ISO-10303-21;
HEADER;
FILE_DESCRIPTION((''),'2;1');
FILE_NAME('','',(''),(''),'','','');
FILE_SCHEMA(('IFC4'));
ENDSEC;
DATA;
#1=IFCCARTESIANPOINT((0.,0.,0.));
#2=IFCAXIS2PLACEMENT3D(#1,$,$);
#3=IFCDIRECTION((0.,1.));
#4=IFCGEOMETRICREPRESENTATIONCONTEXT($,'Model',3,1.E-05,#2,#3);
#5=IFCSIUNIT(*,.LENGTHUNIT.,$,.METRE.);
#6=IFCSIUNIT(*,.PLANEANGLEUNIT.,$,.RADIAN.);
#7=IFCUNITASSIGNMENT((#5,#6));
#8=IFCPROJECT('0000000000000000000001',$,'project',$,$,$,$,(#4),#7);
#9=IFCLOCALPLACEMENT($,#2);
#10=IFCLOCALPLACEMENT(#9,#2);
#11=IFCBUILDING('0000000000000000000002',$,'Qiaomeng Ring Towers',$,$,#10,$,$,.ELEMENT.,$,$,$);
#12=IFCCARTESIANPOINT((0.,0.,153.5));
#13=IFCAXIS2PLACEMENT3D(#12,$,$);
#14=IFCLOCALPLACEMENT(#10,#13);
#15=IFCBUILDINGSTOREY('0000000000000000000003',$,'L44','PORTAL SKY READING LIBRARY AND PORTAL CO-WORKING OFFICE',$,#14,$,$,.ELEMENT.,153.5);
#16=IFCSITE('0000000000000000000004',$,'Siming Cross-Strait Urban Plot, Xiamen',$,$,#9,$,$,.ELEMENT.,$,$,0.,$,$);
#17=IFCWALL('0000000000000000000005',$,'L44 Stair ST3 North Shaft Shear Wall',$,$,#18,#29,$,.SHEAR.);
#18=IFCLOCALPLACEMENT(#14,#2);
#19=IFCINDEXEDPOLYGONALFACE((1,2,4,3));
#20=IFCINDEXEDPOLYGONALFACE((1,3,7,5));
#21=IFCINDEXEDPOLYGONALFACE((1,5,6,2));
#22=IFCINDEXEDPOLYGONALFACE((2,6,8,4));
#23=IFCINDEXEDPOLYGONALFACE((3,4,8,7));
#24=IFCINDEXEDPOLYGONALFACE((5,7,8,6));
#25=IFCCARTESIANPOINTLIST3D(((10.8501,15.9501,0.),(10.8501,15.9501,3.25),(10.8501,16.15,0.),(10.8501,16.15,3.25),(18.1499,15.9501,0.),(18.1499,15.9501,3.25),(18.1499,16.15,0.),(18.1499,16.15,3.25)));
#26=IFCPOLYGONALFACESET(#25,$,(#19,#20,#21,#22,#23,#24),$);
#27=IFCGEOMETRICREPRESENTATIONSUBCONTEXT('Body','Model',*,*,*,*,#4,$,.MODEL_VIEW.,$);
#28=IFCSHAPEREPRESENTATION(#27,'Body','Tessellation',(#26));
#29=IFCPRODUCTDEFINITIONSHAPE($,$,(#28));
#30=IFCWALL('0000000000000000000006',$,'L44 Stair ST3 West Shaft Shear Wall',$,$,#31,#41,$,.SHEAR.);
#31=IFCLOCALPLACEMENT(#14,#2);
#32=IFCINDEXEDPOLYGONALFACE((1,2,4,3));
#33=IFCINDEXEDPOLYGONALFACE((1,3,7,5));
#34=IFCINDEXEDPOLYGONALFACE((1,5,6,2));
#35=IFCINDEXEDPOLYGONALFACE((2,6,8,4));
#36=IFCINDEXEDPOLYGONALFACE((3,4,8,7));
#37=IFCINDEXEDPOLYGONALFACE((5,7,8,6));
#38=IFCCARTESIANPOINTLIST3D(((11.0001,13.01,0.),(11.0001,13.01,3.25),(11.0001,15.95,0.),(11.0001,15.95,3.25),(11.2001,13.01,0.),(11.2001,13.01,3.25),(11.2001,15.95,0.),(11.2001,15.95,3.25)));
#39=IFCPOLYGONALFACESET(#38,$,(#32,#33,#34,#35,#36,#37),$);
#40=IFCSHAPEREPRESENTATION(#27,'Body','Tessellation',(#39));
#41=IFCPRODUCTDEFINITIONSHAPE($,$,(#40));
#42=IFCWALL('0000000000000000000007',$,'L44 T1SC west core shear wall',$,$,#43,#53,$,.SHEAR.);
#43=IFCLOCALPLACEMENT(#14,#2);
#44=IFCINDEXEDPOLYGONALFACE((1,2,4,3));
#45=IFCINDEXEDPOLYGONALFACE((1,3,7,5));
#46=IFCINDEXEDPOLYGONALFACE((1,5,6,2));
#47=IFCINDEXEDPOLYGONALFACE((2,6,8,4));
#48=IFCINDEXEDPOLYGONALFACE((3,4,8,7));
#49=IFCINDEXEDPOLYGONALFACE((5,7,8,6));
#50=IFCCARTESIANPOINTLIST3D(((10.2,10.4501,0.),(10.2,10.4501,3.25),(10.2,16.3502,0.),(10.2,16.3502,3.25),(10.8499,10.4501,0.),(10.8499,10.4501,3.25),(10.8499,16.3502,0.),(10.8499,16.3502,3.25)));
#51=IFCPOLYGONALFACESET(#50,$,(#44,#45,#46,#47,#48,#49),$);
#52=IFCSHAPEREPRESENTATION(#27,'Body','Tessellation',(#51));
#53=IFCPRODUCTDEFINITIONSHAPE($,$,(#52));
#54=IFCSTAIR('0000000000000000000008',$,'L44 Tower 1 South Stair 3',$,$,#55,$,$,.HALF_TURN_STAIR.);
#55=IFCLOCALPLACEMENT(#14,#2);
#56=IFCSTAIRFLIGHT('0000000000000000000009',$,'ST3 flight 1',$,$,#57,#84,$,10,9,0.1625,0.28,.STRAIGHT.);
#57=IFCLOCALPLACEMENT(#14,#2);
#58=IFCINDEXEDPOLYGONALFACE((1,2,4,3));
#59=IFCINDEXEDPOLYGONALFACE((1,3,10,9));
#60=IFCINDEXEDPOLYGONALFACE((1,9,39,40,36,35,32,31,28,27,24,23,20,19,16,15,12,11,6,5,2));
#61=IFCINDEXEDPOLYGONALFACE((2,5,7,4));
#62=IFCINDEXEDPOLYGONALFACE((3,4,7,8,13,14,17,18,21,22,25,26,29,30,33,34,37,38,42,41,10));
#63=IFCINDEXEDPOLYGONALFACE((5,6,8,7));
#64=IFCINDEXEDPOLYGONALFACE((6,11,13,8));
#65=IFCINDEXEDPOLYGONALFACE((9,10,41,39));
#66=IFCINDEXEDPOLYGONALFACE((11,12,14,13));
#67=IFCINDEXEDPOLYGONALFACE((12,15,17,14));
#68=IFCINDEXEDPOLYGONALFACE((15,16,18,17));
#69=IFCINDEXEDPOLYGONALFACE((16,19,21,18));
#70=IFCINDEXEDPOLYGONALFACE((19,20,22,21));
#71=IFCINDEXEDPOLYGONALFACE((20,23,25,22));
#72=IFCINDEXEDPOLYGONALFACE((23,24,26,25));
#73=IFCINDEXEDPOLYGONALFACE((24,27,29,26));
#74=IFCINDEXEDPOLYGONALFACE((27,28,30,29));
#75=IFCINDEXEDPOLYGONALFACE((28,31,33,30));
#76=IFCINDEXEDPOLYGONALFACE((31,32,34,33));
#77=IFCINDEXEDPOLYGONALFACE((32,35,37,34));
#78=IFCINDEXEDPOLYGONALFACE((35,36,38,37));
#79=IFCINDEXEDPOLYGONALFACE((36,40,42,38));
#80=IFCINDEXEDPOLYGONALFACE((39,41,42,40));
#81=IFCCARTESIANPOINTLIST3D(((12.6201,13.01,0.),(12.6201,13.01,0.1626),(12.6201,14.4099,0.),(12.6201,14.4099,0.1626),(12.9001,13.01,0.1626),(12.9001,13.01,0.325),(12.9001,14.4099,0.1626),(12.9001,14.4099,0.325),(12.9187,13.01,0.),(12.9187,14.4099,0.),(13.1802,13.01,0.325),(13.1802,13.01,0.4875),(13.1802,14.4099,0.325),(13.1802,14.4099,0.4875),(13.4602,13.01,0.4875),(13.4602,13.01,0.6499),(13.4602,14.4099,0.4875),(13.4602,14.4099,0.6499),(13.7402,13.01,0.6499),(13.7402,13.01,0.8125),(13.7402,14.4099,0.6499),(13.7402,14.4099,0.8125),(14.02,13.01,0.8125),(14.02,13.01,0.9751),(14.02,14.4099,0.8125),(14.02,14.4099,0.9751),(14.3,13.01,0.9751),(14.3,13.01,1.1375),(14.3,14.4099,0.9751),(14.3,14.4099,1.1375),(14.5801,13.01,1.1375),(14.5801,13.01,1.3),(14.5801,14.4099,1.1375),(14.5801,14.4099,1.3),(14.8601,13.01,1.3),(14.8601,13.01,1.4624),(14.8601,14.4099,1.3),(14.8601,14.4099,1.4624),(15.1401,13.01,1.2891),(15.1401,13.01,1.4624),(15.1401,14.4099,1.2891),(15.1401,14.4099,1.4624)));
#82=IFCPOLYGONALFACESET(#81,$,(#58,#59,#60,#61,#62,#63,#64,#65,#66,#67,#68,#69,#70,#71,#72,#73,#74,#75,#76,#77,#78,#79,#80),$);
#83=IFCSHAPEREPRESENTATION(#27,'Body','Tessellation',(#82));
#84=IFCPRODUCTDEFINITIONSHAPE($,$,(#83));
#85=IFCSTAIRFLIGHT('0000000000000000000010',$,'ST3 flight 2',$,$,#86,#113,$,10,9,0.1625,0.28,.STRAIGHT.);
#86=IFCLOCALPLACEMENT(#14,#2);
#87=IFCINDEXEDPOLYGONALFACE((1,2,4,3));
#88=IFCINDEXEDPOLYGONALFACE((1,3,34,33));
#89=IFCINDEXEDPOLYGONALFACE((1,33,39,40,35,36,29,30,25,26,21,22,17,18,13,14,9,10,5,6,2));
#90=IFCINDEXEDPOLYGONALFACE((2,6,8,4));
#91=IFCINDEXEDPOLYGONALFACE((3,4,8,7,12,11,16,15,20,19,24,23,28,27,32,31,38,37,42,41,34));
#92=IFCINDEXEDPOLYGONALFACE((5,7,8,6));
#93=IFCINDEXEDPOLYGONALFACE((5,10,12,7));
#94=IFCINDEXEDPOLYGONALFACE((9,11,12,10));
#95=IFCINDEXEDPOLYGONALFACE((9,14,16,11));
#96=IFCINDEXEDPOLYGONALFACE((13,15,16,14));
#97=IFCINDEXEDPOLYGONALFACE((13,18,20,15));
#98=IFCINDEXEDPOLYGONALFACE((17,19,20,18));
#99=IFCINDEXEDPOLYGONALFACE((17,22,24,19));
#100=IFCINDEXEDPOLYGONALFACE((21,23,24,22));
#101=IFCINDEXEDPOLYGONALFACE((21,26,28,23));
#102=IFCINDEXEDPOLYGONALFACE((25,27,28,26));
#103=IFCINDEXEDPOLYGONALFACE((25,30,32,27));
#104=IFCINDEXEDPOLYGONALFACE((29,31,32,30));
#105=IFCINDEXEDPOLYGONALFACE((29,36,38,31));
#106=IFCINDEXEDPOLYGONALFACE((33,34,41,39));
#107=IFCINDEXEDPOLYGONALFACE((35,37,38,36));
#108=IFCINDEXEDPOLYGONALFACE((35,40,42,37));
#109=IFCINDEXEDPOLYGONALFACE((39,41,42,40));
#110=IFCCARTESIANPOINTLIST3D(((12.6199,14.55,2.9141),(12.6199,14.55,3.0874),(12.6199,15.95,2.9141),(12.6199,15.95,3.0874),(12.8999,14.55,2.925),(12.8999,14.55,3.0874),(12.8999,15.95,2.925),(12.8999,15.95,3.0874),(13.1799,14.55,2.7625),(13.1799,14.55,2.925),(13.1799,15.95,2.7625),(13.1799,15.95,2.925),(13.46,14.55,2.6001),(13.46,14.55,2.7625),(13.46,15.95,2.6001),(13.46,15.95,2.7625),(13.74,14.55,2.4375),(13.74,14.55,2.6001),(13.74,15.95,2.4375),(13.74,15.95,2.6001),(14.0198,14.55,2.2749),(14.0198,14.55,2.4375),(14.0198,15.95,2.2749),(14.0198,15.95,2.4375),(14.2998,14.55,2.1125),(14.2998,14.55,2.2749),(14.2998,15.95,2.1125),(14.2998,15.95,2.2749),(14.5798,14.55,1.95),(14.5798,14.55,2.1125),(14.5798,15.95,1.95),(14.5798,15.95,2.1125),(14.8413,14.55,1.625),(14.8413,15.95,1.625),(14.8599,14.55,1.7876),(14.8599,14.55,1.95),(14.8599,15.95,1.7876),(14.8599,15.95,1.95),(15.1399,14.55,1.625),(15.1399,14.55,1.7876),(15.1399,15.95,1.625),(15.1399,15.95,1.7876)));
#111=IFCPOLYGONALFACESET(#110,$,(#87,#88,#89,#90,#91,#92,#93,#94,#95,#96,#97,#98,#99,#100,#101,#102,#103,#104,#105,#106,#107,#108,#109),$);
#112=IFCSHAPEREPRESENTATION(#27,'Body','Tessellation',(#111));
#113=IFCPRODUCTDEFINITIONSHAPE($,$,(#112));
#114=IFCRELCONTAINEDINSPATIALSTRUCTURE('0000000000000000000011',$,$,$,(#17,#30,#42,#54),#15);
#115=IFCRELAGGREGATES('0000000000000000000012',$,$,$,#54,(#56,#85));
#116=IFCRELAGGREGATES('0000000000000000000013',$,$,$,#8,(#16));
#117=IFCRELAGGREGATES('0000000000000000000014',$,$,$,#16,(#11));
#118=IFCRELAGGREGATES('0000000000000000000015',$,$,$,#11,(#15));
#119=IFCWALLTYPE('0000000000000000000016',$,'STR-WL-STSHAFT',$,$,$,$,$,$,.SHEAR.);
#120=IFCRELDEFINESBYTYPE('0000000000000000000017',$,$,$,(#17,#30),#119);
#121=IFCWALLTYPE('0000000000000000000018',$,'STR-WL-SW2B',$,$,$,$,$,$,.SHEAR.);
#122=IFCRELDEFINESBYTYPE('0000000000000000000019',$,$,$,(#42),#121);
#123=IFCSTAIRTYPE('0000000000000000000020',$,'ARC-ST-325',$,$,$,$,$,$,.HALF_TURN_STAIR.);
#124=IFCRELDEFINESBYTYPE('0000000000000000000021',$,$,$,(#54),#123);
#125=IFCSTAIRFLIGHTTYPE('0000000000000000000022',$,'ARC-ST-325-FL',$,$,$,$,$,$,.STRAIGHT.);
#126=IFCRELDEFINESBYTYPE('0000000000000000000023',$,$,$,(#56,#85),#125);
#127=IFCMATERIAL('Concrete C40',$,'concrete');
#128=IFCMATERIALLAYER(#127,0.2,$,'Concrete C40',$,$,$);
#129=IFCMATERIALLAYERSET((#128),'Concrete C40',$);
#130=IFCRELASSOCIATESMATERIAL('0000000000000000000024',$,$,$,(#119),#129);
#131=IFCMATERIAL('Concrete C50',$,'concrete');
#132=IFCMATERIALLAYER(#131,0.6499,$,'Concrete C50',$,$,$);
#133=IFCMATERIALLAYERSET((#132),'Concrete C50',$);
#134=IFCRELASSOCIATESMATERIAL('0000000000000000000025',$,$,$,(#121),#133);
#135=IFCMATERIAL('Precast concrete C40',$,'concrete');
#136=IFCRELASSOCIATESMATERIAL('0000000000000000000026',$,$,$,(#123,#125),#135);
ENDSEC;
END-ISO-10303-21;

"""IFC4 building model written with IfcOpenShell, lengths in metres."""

from ifc_helpers import new_model, si_unit, direction, frame, frame_2d, origin, place, context, subcontext, project, spatial, polyline, rectangle, outline, extrude, source, transform, mapped, material, layer, layer_set, type_object, element, aggregate, save


model = new_model("IFC4")

# Units and contexts
model_context = context("Model", 3, precision=1e-05, world=origin(), true_north=direction((0.0, 1.0)))
body_context = subcontext(model_context, "Body", "Model", "MODEL_VIEW")
ifc_project = project(units=[si_unit("LENGTHUNIT", "METRE"), si_unit("PLANEANGLEUNIT", "RADIAN")], contexts=[model_context])

# Site, building, storey
site_placement = place(None, origin())
site = spatial("IfcSite", under=ifc_project, at=site_placement, Name="Siming Cross-Strait Urban Plot, Xiamen", CompositionType="ELEMENT", RefElevation=0.0)
building_placement = place(site_placement, origin())
building = spatial("IfcBuilding", under=site, at=building_placement, Name="Qiaomeng Ring Towers", CompositionType="ELEMENT")
storey_placement = place(building_placement, frame((0.0, 0.0, 153.5)))
storey = spatial("IfcBuildingStorey", under=building, at=storey_placement, Name="L44", Description="PORTAL SKY READING LIBRARY AND PORTAL CO-WORKING OFFICE", CompositionType="ELEMENT", Elevation=153.5)

# Shared definitions
ifc_material_1 = material(Name="Concrete C50", Category="concrete")

# Shared definitions
ifc_material_2 = material(Name="Precast concrete C40", Category="concrete")

# Shared definitions
ifc_material_3 = material(Name="Concrete C40", Category="concrete")
ifc_layer_1 = layer(ifc_material_3, 0.2, Name="Concrete C40")
ifc_layer_set_1 = layer_set([ifc_layer_1], Name="Concrete C40")
wall_type_1 = type_object("IfcWallType", Name="STR-WL-STSHAFT", PredefinedType="SHEAR", material=ifc_layer_set_1)

# Walls
wall_1_placement = place(storey_placement, frame((10.8501, 16.05, 0.0), z_axis=(0.0, 0.0, 1.0), x_axis=(1.0, 0.0, 0.0)))
element("IfcWall", 1, at=wall_1_placement, inside=storey, type_object=wall_type_1, Name="L44 Stair ST3 North Shaft Shear Wall", PredefinedType="SHEAR", context=body_context, shape_type="SweptSolid", body=[
    extrude(rectangle(XDim=7.2998, YDim=0.2, at=frame_2d((3.6499, 0.0))), origin(), (0.0, 0.0, 1.0), 3.25),
])
wall_2_placement = place(storey_placement, frame((11.1001, 13.01, 0.0), z_axis=(0.0, 0.0, 1.0), x_axis=(0.0, 1.0, 0.0)))
element("IfcWall", 2, at=wall_2_placement, inside=storey, type_object=wall_type_1, Name="L44 Stair ST3 West Shaft Shear Wall", PredefinedType="SHEAR", context=body_context, shape_type="SweptSolid", body=[
    extrude(rectangle(XDim=2.9399, YDim=0.2, at=frame_2d((1.47, 0.0))), origin(), (0.0, 0.0, 1.0), 3.25),
])
ifc_layer_2 = layer(ifc_material_1, 0.6499, Name="Concrete C50")
ifc_layer_set_2 = layer_set([ifc_layer_2], Name="Concrete C50")
wall_type_2 = type_object("IfcWallType", Name="STR-WL-SW2B", PredefinedType="SHEAR", material=ifc_layer_set_2)
wall_3_placement = place(storey_placement, frame((10.5249, 10.45, 0.0), z_axis=(0.0, 0.0, 1.0), x_axis=(0.0, 1.0, 0.0)))
element("IfcWall", 3, at=wall_3_placement, inside=storey, type_object=wall_type_2, Name="L44 T1SC west core shear wall", PredefinedType="SHEAR", context=body_context, shape_type="SweptSolid", body=[
    extrude(rectangle(XDim=5.9001, YDim=0.6499, at=frame_2d((2.9502, 0.0))), origin(), (0.0, 0.0, 1.0), 3.25),
])

# Stair, stair flights
stair_type = type_object("IfcStairType", Name="ARC-ST-325", PredefinedType="HALF_TURN_STAIR", material=ifc_material_2)
stair_placement = place(storey_placement, origin())
stair = element("IfcStair", 4, at=stair_placement, inside=storey, type_object=stair_type, Name="L44 Tower 1 South Stair 3", PredefinedType="HALF_TURN_STAIR")
stair_flight_type = type_object("IfcStairFlightType", Name="ARC-ST-325-FL", PredefinedType="STRAIGHT", material=ifc_material_2)
shared_shape_1 = source(origin(), body_context, "Body", "SweptSolid", [
    extrude(outline(polyline([(0.0, 0.0), (0.0, 0.1626), (0.28, 0.1626), (0.28, 0.325), (0.5601, 0.325), (0.5601, 0.4875), (0.8401, 0.4875), (0.8401, 0.6499), (1.1201, 0.6499), (1.1201, 0.8125), (1.3999, 0.8125), (1.3999, 0.9751), (1.6799, 0.9751), (1.6799, 1.1375), (1.96, 1.1375), (1.96, 1.3), (2.24, 1.3), (2.24, 1.4624), (2.52, 1.4624), (2.52, 1.625), (2.52, 1.2891), (0.2986, 0.0), (0.0, 0.0)])), frame((0.0, 0.7, 0.0), z_axis=(0.0, -1.0, 0.0), x_axis=(1.0, 0.0, 0.0)), (0.0, 0.0, 1.0), 1.3999),
])
stair_flight_1_placement = place(storey_placement, frame((12.6201, 13.71, 0.0), z_axis=(0.0, 0.0, 1.0), x_axis=(1.0, 0.0, 0.0)))
stair_flight_1 = element("IfcStairFlight", 5, at=stair_flight_1_placement, type_object=stair_flight_type, Name="ST3 flight 1", NumberOfRisers=10, NumberOfTreads=9, PredefinedType="STRAIGHT", RiserHeight=0.1625, TreadLength=0.28, context=body_context, shape_type="MappedRepresentation", body=[
    mapped(shared_shape_1, transform((0.0, 0.0, 0.0), x_axis=(1.0, 0.0, 0.0), y_axis=(0.0, 1.0, 0.0), z_axis=(0.0, 0.0, 1.0), scale=1.0)),
])
stair_flight_2_placement = place(storey_placement, frame((15.1399, 15.25, 1.625), z_axis=(0.0, 0.0, 1.0), x_axis=(-1.0, 0.0, 0.0)))
stair_flight_2 = element("IfcStairFlight", 6, at=stair_flight_2_placement, type_object=stair_flight_type, Name="ST3 flight 2", NumberOfRisers=10, NumberOfTreads=9, PredefinedType="STRAIGHT", RiserHeight=0.1625, TreadLength=0.28, context=body_context, shape_type="MappedRepresentation", body=[
    mapped(shared_shape_1, transform((0.0, 0.0, 0.0), x_axis=(1.0, 0.0, 0.0), y_axis=(0.0, 1.0, 0.0), z_axis=(0.0, 0.0, 1.0), scale=1.0)),
])
aggregate(stair, [stair_flight_1, stair_flight_2])

save(model, "model.ifc")
